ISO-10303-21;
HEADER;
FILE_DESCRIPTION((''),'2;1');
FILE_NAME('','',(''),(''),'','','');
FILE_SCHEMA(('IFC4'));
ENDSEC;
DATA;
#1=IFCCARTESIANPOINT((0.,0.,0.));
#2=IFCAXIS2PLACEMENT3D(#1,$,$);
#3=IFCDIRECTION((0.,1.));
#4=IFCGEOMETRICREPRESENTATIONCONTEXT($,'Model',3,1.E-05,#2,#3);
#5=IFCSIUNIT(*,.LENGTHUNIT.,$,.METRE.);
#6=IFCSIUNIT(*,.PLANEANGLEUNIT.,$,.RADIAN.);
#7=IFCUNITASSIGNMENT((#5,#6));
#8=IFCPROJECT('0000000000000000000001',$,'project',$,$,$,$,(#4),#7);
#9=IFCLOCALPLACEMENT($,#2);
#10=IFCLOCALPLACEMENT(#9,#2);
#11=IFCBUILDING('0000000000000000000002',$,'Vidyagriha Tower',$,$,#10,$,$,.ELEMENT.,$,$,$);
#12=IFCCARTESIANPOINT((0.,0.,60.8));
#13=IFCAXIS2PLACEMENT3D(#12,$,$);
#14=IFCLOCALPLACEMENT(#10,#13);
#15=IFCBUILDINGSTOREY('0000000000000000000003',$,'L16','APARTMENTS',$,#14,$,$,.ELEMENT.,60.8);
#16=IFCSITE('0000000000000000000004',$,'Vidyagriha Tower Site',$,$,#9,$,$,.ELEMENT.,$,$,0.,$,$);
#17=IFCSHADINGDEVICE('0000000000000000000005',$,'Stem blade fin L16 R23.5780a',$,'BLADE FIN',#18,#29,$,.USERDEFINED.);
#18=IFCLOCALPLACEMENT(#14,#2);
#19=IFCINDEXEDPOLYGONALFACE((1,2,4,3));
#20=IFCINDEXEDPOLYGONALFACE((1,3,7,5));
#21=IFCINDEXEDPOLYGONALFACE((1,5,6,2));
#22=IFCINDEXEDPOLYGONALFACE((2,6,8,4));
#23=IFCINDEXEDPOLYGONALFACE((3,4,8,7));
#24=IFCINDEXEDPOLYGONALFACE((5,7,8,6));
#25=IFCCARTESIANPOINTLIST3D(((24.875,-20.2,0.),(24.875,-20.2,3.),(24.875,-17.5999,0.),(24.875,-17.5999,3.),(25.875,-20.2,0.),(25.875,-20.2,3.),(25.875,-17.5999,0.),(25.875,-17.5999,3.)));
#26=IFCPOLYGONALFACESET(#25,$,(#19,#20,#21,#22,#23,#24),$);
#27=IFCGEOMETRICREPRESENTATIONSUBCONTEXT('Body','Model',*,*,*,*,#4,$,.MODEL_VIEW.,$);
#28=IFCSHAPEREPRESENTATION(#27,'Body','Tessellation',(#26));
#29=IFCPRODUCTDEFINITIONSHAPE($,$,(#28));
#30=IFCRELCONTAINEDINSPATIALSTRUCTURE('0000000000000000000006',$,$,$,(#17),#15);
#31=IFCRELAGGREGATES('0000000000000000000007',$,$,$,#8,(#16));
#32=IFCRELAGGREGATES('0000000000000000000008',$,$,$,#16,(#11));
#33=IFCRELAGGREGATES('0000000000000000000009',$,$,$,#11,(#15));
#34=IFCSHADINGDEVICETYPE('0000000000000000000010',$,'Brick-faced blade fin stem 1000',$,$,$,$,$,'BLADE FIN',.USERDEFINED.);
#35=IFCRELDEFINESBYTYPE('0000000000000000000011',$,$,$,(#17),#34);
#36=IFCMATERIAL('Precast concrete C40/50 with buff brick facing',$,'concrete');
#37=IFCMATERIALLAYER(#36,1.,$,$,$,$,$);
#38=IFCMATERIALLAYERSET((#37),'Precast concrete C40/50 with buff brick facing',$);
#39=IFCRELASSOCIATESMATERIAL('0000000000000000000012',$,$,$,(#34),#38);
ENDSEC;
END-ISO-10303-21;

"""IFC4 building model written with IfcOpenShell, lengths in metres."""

from ifc_helpers import new_model, si_unit, direction, frame, origin, place, context, subcontext, project, spatial, polyline, outline, extrude, material, layer, layer_set, type_object, element, save


model = new_model("IFC4")

# Units and contexts
model_context = context("Model", 3, precision=1e-05, world=origin(), true_north=direction((0.0, 1.0)))
body_context = subcontext(model_context, "Body", "Model", "MODEL_VIEW")
ifc_project = project(units=[si_unit("LENGTHUNIT", "METRE"), si_unit("PLANEANGLEUNIT", "RADIAN")], contexts=[model_context])

# Site, building, storey
site_placement = place(None, origin())
site = spatial("IfcSite", under=ifc_project, at=site_placement, Name="Vidyagriha Tower Site", CompositionType="ELEMENT", RefElevation=0.0)
building_placement = place(site_placement, origin())
building = spatial("IfcBuilding", under=site, at=building_placement, Name="Vidyagriha Tower", CompositionType="ELEMENT")
storey_placement = place(building_placement, frame((0.0, 0.0, 60.8)))
storey = spatial("IfcBuildingStorey", under=building, at=storey_placement, Name="L16", Description="APARTMENTS", CompositionType="ELEMENT", Elevation=60.8)

# Shading device
ifc_material_1 = material(Name="Precast concrete C40/50 with buff brick facing", Category="concrete")
ifc_layer_1 = layer(ifc_material_1, 1.0)
ifc_layer_set_1 = layer_set([ifc_layer_1], Name="Precast concrete C40/50 with buff brick facing")
shading_device_type_1 = type_object("IfcShadingDeviceType", Name="Brick-faced blade fin stem 1000", ElementType="BLADE FIN", PredefinedType="USERDEFINED", material=ifc_layer_set_1)
shading_device_1_placement = place(storey_placement, frame((24.875, -18.8999, 0.0)))
element("IfcShadingDevice", 1, at=shading_device_1_placement, inside=storey, type_object=shading_device_type_1, Name="Stem blade fin L16 R23.5780a", ObjectType="BLADE FIN", PredefinedType="USERDEFINED", context=body_context, shape_type="SweptSolid", body=[
    extrude(outline(polyline([(0.0, 0.0), (1.0, 0.0), (1.0, 3.0), (0.0, 3.0), (0.0, 0.0)])), frame((0.0, 1.3, 0.0), z_axis=(0.0, -1.0, 0.0), x_axis=(1.0, 0.0, 0.0)), (0.0, 0.0, 1.0), 2.6001),
])

save(model, "model.ifc")
